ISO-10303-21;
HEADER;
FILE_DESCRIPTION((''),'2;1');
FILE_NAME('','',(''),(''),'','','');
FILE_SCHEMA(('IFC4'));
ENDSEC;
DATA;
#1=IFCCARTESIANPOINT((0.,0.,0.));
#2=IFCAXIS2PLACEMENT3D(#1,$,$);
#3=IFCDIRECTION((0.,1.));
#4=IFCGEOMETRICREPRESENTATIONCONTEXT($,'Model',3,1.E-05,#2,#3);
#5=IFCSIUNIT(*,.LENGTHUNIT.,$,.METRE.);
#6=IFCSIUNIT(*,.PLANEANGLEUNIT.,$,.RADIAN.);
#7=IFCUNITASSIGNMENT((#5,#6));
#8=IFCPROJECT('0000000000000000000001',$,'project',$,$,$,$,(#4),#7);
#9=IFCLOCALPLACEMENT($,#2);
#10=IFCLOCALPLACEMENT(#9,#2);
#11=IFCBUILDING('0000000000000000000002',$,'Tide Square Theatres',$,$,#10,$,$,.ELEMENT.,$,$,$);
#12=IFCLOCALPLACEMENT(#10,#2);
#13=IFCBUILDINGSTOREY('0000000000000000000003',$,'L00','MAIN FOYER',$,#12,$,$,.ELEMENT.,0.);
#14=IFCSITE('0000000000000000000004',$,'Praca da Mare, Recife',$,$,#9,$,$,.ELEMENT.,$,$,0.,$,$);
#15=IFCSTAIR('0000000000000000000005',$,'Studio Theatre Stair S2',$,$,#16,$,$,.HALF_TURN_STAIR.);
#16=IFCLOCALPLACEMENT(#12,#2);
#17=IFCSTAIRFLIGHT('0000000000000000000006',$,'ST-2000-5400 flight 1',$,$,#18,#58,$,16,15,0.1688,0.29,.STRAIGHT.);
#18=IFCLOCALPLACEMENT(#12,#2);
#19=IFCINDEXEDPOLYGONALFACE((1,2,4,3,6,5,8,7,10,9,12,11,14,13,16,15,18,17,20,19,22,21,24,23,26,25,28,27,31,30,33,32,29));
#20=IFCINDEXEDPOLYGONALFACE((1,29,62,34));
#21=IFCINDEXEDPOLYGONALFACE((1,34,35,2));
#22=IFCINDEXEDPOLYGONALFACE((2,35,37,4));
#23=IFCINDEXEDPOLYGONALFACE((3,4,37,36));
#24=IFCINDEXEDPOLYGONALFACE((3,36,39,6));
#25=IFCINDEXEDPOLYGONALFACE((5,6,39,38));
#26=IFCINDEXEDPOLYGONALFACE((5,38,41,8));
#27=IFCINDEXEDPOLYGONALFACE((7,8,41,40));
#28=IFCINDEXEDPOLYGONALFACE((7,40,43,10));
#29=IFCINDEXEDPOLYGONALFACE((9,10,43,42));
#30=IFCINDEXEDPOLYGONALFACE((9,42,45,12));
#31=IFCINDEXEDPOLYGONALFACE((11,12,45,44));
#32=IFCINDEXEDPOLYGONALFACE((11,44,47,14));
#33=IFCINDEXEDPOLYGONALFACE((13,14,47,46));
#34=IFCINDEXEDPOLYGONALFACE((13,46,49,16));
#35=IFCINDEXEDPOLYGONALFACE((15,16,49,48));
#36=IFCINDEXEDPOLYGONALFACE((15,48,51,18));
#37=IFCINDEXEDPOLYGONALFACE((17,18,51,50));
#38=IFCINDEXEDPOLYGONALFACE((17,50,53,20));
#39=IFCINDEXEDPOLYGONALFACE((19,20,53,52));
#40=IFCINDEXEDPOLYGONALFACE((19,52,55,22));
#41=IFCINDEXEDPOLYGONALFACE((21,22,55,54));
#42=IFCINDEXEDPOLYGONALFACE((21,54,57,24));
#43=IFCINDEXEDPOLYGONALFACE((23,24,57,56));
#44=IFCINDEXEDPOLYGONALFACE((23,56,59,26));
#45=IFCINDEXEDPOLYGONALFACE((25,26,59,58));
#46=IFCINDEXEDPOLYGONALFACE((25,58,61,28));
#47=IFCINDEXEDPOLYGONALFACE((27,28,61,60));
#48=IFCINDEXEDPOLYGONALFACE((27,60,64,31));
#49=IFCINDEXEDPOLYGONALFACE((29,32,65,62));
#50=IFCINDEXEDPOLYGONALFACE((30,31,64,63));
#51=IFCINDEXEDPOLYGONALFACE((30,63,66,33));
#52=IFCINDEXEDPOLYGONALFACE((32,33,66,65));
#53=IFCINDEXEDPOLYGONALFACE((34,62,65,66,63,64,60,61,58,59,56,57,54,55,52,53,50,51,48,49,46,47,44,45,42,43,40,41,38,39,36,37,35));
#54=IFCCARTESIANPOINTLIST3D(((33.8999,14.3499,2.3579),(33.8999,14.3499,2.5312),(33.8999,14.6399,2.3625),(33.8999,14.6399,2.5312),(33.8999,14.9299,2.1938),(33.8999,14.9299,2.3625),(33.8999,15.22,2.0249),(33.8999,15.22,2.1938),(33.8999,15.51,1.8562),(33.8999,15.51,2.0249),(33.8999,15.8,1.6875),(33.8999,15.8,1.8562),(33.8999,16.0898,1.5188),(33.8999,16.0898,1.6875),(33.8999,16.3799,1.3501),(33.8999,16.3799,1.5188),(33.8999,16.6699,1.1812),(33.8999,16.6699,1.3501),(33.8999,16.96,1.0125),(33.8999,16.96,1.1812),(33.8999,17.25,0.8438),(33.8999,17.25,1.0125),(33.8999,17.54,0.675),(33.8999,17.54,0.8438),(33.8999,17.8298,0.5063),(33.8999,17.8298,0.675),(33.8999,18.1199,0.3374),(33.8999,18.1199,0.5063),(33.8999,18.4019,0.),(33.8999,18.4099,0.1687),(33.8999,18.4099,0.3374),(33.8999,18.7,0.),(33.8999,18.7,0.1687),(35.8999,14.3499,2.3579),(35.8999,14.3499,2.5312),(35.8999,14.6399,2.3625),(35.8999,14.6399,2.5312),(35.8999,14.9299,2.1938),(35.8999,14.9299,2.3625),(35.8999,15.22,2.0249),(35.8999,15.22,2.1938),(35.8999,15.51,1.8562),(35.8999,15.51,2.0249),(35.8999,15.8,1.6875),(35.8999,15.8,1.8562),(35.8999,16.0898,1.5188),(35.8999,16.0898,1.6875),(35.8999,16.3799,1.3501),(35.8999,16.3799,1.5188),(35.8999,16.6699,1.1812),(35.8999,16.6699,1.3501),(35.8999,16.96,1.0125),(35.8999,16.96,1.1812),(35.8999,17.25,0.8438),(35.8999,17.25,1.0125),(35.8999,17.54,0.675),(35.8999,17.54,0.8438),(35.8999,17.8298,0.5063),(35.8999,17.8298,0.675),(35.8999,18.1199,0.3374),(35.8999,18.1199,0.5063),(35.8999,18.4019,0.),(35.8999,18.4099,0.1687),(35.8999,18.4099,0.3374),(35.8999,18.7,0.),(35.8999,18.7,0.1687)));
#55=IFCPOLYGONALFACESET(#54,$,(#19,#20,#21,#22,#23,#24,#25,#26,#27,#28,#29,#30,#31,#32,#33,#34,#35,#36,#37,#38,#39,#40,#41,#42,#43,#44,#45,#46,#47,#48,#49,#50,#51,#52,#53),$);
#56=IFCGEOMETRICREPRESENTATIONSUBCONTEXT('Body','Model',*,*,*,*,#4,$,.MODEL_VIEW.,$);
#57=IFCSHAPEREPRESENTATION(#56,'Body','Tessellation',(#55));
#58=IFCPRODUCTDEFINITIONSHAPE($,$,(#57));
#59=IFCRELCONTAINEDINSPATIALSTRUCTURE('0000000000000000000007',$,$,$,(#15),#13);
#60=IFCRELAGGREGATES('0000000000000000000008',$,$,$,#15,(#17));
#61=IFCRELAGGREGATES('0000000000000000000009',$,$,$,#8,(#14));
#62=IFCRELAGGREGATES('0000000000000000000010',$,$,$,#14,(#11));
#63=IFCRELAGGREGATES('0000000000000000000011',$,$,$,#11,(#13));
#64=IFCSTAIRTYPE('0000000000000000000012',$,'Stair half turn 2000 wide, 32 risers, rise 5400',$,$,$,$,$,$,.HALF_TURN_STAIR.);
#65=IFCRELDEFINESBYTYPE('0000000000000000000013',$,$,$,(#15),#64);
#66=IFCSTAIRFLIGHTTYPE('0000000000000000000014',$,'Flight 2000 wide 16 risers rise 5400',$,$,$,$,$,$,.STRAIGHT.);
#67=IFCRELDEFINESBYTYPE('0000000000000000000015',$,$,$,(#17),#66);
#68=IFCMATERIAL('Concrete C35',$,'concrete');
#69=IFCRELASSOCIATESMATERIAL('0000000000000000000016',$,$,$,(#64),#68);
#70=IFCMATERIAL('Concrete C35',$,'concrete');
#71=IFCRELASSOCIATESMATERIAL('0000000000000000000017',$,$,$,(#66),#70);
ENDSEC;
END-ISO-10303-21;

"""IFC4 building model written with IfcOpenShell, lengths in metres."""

from ifc_helpers import new_model, si_unit, direction, frame, origin, place, context, subcontext, project, spatial, polyline, outline, extrude, material, type_object, element, aggregate, save


model = new_model("IFC4")

# Units and contexts
model_context = context("Model", 3, precision=1e-05, world=origin(), true_north=direction((0.0, 1.0)))
body_context = subcontext(model_context, "Body", "Model", "MODEL_VIEW")
ifc_project = project(units=[si_unit("LENGTHUNIT", "METRE"), si_unit("PLANEANGLEUNIT", "RADIAN")], contexts=[model_context])

# Site, building, storey
site_placement = place(None, origin())
site = spatial("IfcSite", under=ifc_project, at=site_placement, Name="Praca da Mare, Recife", CompositionType="ELEMENT", RefElevation=0.0)
building_placement = place(site_placement, origin())
building = spatial("IfcBuilding", under=site, at=building_placement, Name="Tide Square Theatres", CompositionType="ELEMENT")
storey_placement = place(building_placement, origin())
storey = spatial("IfcBuildingStorey", under=building, at=storey_placement, Name="L00", Description="MAIN FOYER", CompositionType="ELEMENT", Elevation=0.0)

# Stair, stair flight
ifc_material_1 = material(Name="Concrete C35", Category="concrete")
stair_type = type_object("IfcStairType", Name="Stair half turn 2000 wide, 32 risers, rise 5400", PredefinedType="HALF_TURN_STAIR", material=ifc_material_1)
stair_placement = place(storey_placement, origin())
stair = element("IfcStair", 1, at=stair_placement, inside=storey, type_object=stair_type, Name="Studio Theatre Stair S2", PredefinedType="HALF_TURN_STAIR")
ifc_material_2 = material(Name="Concrete C35", Category="concrete")
stair_flight_type = type_object("IfcStairFlightType", Name="Flight 2000 wide 16 risers rise 5400", PredefinedType="STRAIGHT", material=ifc_material_2)
stair_flight_placement = place(storey_placement, frame((34.8999, 18.7, 0.0), z_axis=(0.0, 0.0, 1.0), x_axis=(0.0, -1.0, 0.0)))
stair_flight = element("IfcStairFlight", 2, at=stair_flight_placement, type_object=stair_flight_type, Name="ST-2000-5400 flight 1", NumberOfRisers=16, NumberOfTreads=15, PredefinedType="STRAIGHT", RiserHeight=0.1688, TreadLength=0.29, context=body_context, shape_type="SweptSolid", body=[
    extrude(outline(polyline([(0.0, 0.0), (0.0, 0.1687), (0.29, 0.1687), (0.29, 0.3374), (0.5801, 0.3374), (0.5801, 0.5063), (0.8701, 0.5063), (0.8701, 0.675), (1.1599, 0.675), (1.1599, 0.8438), (1.45, 0.8438), (1.45, 1.0125), (1.74, 1.0125), (1.74, 1.1812), (2.03, 1.1812), (2.03, 1.3501), (2.3201, 1.3501), (2.3201, 1.5188), (2.6101, 1.5188), (2.6101, 1.6875), (2.8999, 1.6875), (2.8999, 1.8562), (3.1899, 1.8562), (3.1899, 2.0249), (3.48, 2.0249), (3.48, 2.1938), (3.77, 2.1938), (3.77, 2.3625), (4.0601, 2.3625), (4.0601, 2.5312), (4.3501, 2.5312), (4.3501, 2.7), (4.3501, 2.3579), (0.2981, 0.0), (0.0, 0.0)])), frame((0.0, 1.0, 0.0), z_axis=(0.0, -1.0, 0.0), x_axis=(1.0, 0.0, 0.0)), (0.0, 0.0, 1.0), 2.0),
])
aggregate(stair, [stair_flight])

save(model, "model.ifc")
